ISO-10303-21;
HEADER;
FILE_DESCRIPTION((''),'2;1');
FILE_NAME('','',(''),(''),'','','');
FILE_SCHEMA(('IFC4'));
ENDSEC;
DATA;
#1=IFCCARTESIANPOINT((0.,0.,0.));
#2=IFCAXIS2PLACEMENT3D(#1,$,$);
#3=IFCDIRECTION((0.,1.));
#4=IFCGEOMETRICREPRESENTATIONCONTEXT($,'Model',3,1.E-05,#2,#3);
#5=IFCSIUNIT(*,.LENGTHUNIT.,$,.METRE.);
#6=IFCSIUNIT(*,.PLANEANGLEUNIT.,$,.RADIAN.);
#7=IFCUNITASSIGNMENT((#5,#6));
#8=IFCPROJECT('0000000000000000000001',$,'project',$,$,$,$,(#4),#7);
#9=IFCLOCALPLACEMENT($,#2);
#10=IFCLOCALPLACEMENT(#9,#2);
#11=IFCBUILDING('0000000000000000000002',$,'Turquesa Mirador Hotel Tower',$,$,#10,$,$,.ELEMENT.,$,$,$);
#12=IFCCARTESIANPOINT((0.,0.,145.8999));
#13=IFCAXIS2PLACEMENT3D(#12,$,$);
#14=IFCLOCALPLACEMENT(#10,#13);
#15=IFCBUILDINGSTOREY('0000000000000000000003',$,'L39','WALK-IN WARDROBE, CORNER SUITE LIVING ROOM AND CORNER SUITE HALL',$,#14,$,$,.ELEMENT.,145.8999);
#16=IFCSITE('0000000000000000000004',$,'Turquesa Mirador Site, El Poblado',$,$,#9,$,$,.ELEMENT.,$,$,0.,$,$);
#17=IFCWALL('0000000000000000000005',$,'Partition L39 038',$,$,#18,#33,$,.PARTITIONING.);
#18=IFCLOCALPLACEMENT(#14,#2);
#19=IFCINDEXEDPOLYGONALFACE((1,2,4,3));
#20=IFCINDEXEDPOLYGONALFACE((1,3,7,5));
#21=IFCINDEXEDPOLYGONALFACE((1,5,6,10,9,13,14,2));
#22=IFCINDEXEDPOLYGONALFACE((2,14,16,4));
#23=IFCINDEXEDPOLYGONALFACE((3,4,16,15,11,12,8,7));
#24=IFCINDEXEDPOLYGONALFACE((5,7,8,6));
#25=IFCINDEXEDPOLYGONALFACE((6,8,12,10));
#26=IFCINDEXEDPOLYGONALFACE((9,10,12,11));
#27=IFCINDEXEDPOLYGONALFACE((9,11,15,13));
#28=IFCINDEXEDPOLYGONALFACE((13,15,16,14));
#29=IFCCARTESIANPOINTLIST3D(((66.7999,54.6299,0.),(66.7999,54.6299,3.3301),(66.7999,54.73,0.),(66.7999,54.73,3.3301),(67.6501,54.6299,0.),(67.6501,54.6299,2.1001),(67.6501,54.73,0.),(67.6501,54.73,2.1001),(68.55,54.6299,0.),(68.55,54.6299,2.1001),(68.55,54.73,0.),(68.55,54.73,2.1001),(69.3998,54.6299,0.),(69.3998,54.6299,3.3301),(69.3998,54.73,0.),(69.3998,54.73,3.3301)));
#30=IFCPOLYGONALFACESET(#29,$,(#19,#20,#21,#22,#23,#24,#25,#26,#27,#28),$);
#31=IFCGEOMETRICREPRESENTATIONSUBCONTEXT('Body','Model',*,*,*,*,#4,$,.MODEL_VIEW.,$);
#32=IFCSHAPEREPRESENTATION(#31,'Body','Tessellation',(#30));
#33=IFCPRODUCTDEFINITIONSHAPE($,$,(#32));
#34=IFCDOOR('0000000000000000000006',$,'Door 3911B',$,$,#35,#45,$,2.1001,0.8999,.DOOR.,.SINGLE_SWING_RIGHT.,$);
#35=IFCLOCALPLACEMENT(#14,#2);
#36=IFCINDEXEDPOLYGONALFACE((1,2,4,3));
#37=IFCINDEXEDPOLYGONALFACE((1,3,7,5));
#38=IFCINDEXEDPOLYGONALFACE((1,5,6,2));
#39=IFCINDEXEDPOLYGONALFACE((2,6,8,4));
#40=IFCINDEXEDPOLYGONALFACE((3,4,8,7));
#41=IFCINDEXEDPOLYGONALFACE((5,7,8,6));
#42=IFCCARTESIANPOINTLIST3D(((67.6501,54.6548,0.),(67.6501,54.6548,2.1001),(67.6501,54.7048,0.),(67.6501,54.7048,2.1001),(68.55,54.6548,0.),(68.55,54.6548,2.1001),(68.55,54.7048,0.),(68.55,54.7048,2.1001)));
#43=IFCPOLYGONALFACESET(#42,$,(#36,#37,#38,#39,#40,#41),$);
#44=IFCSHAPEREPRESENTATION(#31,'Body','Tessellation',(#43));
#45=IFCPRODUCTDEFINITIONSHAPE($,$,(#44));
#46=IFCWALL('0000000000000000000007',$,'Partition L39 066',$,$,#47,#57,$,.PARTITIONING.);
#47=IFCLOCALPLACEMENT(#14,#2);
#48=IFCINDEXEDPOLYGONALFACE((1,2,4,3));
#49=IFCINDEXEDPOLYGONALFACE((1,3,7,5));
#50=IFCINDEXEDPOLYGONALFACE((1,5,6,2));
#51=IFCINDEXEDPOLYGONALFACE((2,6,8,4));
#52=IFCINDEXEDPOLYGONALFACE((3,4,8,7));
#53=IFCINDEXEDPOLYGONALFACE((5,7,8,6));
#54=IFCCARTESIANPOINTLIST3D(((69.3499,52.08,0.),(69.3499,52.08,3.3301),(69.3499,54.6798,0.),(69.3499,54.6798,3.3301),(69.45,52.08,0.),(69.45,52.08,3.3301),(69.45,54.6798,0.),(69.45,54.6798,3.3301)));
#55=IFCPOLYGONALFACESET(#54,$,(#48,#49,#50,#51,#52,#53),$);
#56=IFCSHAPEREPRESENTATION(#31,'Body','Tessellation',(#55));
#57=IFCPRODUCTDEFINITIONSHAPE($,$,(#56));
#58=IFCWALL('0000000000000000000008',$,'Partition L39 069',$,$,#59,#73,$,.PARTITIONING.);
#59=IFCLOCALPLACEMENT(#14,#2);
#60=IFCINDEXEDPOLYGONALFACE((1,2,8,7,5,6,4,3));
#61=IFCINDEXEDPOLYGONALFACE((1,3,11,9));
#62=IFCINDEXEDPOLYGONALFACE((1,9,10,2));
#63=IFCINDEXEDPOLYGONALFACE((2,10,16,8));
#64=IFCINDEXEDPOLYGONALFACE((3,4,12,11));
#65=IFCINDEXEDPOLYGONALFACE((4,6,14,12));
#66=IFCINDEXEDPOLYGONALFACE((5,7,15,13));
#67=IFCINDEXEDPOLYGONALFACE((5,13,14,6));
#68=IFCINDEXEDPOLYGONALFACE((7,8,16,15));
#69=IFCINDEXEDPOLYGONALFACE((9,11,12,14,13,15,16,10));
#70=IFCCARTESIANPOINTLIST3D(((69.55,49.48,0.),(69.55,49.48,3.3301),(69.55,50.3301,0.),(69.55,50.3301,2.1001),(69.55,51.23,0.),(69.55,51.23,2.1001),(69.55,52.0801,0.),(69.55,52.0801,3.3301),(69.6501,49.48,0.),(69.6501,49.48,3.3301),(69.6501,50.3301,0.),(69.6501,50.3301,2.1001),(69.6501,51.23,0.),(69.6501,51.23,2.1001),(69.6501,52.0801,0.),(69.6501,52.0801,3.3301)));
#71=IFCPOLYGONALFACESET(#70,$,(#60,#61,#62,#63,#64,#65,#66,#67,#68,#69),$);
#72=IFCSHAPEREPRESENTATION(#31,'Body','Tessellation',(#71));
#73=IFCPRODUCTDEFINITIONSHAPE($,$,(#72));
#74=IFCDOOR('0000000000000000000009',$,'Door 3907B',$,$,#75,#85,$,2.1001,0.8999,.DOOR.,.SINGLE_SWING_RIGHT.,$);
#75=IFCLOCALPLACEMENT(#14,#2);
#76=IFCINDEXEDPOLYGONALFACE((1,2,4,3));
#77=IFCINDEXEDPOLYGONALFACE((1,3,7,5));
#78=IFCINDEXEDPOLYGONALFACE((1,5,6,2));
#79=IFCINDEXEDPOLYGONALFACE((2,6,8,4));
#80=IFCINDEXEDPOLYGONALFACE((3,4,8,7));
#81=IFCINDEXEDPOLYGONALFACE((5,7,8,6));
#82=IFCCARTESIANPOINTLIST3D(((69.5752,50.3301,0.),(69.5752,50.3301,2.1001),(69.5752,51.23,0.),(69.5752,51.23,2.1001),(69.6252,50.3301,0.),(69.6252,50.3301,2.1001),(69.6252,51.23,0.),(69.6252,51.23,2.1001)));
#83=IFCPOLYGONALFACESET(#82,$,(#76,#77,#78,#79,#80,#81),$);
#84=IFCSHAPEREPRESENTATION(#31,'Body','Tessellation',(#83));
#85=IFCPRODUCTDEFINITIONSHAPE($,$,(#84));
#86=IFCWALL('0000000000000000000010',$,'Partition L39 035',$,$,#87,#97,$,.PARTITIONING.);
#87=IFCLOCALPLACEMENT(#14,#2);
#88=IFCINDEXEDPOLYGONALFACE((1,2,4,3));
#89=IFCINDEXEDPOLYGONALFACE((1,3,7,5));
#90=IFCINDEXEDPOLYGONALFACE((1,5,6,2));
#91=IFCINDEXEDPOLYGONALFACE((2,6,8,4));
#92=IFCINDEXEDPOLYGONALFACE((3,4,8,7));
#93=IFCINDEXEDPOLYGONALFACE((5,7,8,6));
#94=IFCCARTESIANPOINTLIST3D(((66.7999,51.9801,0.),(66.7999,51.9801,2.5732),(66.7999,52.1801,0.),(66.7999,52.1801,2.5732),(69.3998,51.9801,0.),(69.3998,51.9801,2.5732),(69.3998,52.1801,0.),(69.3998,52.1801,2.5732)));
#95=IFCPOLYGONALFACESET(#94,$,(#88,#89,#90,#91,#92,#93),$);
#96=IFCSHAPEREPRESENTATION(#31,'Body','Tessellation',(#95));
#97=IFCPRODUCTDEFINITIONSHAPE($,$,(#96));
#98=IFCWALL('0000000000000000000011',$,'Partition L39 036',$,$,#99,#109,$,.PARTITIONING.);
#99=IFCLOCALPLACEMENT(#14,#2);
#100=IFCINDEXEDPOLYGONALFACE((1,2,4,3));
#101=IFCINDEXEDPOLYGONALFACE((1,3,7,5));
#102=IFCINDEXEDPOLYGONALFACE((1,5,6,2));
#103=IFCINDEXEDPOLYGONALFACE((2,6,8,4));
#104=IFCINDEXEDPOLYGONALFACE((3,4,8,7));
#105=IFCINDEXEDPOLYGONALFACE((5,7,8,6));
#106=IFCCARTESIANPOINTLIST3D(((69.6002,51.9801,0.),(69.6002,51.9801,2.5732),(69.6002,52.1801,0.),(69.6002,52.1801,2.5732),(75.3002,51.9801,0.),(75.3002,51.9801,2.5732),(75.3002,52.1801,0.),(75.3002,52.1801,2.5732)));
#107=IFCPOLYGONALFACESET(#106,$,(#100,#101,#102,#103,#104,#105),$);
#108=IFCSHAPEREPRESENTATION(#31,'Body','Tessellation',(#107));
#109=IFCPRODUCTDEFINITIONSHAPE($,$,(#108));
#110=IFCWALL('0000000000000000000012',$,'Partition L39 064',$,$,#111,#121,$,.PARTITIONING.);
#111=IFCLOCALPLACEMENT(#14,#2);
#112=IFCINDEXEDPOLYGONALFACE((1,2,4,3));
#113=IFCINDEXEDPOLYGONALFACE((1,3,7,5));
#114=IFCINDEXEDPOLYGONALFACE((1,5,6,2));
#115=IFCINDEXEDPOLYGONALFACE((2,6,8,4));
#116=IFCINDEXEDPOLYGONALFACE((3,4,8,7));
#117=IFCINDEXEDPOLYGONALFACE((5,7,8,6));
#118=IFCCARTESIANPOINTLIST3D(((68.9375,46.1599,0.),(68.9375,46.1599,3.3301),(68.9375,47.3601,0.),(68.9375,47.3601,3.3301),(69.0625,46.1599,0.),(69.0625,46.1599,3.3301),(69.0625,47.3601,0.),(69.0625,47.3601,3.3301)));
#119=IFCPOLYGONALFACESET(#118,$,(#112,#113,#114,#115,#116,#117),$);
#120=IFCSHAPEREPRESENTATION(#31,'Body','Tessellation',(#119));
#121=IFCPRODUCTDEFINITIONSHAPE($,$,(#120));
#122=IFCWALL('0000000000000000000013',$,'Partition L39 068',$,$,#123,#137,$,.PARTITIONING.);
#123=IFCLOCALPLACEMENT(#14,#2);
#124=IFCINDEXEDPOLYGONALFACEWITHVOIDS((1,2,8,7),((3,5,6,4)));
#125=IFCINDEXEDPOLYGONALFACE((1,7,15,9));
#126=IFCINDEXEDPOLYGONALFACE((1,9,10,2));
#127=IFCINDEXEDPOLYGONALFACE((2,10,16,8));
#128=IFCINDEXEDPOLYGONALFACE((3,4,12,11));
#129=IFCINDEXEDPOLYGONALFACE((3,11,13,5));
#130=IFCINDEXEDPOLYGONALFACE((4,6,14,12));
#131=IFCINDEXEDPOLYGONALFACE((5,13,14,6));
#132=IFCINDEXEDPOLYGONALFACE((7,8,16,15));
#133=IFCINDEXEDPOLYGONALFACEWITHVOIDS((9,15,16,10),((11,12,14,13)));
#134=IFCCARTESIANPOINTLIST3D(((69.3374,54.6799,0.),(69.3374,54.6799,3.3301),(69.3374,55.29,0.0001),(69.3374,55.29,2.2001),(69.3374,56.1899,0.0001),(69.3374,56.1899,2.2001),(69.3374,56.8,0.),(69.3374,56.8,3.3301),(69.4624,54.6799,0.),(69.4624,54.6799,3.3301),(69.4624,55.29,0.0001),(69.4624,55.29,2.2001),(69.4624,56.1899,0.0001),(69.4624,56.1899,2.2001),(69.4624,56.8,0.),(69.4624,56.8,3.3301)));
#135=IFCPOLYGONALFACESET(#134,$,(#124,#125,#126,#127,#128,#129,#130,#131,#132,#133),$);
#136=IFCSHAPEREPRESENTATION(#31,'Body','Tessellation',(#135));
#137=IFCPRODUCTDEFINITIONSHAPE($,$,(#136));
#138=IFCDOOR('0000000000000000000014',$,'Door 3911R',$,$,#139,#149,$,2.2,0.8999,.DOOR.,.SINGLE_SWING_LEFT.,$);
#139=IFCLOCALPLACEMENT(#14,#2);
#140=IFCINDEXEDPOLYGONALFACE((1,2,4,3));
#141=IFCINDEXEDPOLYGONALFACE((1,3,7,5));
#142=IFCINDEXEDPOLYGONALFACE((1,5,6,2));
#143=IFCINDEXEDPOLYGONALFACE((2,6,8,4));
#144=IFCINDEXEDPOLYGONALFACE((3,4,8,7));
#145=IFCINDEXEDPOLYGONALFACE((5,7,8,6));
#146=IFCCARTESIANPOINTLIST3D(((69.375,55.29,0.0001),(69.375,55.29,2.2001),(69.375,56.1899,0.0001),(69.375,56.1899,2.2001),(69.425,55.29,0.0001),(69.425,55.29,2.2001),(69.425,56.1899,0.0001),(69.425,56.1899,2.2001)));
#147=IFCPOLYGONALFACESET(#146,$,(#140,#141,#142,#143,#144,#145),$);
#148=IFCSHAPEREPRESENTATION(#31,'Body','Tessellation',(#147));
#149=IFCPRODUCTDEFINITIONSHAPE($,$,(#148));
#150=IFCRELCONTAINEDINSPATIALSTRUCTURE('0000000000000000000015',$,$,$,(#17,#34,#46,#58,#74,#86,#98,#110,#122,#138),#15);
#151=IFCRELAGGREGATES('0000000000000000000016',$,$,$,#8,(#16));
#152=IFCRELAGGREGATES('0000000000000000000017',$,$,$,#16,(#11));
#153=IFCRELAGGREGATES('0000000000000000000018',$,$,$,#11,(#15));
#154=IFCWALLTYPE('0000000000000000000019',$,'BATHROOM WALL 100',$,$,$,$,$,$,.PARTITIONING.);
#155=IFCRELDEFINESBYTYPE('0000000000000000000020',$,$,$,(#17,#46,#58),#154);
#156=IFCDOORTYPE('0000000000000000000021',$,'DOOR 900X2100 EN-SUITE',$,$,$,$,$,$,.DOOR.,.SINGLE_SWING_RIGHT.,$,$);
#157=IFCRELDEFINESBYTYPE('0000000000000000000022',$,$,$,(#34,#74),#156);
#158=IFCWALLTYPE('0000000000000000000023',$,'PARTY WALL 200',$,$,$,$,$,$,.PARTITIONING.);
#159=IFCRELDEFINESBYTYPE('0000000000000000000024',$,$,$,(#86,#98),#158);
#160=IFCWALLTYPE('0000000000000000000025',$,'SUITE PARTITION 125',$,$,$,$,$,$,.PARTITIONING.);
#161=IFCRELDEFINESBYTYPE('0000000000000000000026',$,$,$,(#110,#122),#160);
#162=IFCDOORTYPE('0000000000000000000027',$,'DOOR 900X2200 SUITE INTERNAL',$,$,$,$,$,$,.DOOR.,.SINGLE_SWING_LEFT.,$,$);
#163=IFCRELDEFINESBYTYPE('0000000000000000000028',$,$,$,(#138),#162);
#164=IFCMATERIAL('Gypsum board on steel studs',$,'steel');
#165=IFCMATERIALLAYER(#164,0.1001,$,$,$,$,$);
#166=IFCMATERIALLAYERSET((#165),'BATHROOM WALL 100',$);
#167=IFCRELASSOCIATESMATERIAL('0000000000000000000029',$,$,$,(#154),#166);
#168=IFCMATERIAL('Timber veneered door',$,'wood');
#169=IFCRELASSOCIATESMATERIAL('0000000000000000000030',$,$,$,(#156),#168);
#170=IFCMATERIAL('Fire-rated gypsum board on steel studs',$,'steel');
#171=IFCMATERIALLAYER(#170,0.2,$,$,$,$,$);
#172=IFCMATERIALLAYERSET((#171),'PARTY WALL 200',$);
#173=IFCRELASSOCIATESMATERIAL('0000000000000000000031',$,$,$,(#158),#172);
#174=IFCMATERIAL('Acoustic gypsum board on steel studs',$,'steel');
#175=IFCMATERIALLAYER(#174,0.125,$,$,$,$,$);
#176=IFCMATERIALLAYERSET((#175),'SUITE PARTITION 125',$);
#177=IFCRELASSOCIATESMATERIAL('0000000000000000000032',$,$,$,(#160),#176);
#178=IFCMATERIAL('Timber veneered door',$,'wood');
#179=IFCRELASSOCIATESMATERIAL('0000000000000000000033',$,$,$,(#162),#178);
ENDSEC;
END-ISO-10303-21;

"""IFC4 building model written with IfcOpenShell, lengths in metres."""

from ifc_helpers import new_model, si_unit, direction, frame, frame_2d, origin, place, context, subcontext, project, spatial, rectangle, extrude, material, layer, layer_set, type_object, element, fill, save


model = new_model("IFC4")

# Units and contexts
model_context = context("Model", 3, precision=1e-05, world=origin(), true_north=direction((0.0, 1.0)))
body_context = subcontext(model_context, "Body", "Model", "MODEL_VIEW")
ifc_project = project(units=[si_unit("LENGTHUNIT", "METRE"), si_unit("PLANEANGLEUNIT", "RADIAN")], contexts=[model_context])

# Site, building, storey
site_placement = place(None, origin())
site = spatial("IfcSite", under=ifc_project, at=site_placement, Name="Turquesa Mirador Site, El Poblado", CompositionType="ELEMENT", RefElevation=0.0)
building_placement = place(site_placement, origin())
building = spatial("IfcBuilding", under=site, at=building_placement, Name="Turquesa Mirador Hotel Tower", CompositionType="ELEMENT")
storey_placement = place(building_placement, frame((0.0, 0.0, 145.8999)))
storey = spatial("IfcBuildingStorey", under=building, at=storey_placement, Name="L39", Description="WALK-IN WARDROBE, CORNER SUITE LIVING ROOM AND CORNER SUITE HALL", CompositionType="ELEMENT", Elevation=145.8999)

# Shared definitions
ifc_material_1 = material(Name="Gypsum board on steel studs", Category="steel")
ifc_layer_1 = layer(ifc_material_1, 0.1001)
ifc_layer_set_1 = layer_set([ifc_layer_1], Name="BATHROOM WALL 100")
wall_type_1 = type_object("IfcWallType", Name="BATHROOM WALL 100", PredefinedType="PARTITIONING", material=ifc_layer_set_1)

# Wall, opening, door
wall_1_placement = place(storey_placement, frame((66.8, 54.6799, 0.0), z_axis=(0.0, 0.0, 1.0), x_axis=(1.0, 0.0, 0.0)))
wall_1 = element("IfcWall", 1, at=wall_1_placement, inside=storey, type_object=wall_type_1, Name="Partition L39 038", PredefinedType="PARTITIONING", context=body_context, shape_type="SweptSolid", body=[
    extrude(rectangle(XDim=2.5999, YDim=0.1001, at=frame_2d((1.2998, 0.0))), origin(), (0.0, 0.0, 1.0), 3.3301),
])
opening_1_placement = place(wall_1_placement, frame((0.8501, 0.0, 0.0)))
opening_1 = element("IfcOpeningElement", 2, at=opening_1_placement, cuts=wall_1, PredefinedType="OPENING", context=body_context, shape_type="SweptSolid", body=[
    extrude(rectangle(XDim=0.8999, YDim=2.1001, at=frame_2d((0.45, 1.05))), frame((0.0, 0.0601, 0.0), z_axis=(0.0, -1.0, 0.0), x_axis=(1.0, 0.0, 0.0)), (0.0, 0.0, 1.0), 0.1201),
])
ifc_material_2 = material(Name="Timber veneered door", Category="wood")
door_type_1 = type_object("IfcDoorType", Name="DOOR 900X2100 EN-SUITE", OperationType="SINGLE_SWING_RIGHT", PredefinedType="DOOR", material=ifc_material_2)
door_1_placement = place(opening_1_placement, origin())
door_1 = element("IfcDoor", 3, at=door_1_placement, inside=storey, type_object=door_type_1, Name="Door 3911B", OperationType="SINGLE_SWING_RIGHT", OverallHeight=2.1001, OverallWidth=0.8999, PredefinedType="DOOR", context=body_context, shape_type="SweptSolid", body=[
    extrude(rectangle(XDim=0.8999, YDim=2.1001, at=frame_2d((0.45, 1.05))), frame((0.0, 0.0249, 0.0), z_axis=(0.0, -1.0, 0.0), x_axis=(1.0, 0.0, 0.0)), (0.0, 0.0, 1.0), 0.05),
])
fill(opening_1, door_1)

# Wall
wall_2_placement = place(storey_placement, frame((69.3999, 52.0801, 0.0), z_axis=(0.0, 0.0, 1.0), x_axis=(0.0, 1.0, 0.0)))
element("IfcWall", 4, at=wall_2_placement, inside=storey, type_object=wall_type_1, Name="Partition L39 066", PredefinedType="PARTITIONING", context=body_context, shape_type="SweptSolid", body=[
    extrude(rectangle(XDim=2.5999, YDim=0.1001, at=frame_2d((1.2998, 0.0))), origin(), (0.0, 0.0, 1.0), 3.3301),
])

# Wall, opening, door
wall_3_placement = place(storey_placement, frame((69.6001, 49.48, 0.0), z_axis=(0.0, 0.0, 1.0), x_axis=(0.0, 1.0, 0.0)))
wall_3 = element("IfcWall", 5, at=wall_3_placement, inside=storey, type_object=wall_type_1, Name="Partition L39 069", PredefinedType="PARTITIONING", context=body_context, shape_type="SweptSolid", body=[
    extrude(rectangle(XDim=2.6001, YDim=0.1001, at=frame_2d((1.3, 0.0))), origin(), (0.0, 0.0, 1.0), 3.3301),
])
opening_2_placement = place(wall_3_placement, frame((0.8501, 0.0, 0.0)))
opening_2 = element("IfcOpeningElement", 6, at=opening_2_placement, cuts=wall_3, PredefinedType="OPENING", context=body_context, shape_type="SweptSolid", body=[
    extrude(rectangle(XDim=0.8999, YDim=2.1001, at=frame_2d((0.45, 1.05))), frame((0.0, 0.0601, 0.0), z_axis=(0.0, -1.0, 0.0), x_axis=(1.0, 0.0, 0.0)), (0.0, 0.0, 1.0), 0.1201),
])
door_2_placement = place(opening_2_placement, origin())
door_2 = element("IfcDoor", 7, at=door_2_placement, inside=storey, type_object=door_type_1, Name="Door 3907B", OperationType="SINGLE_SWING_RIGHT", OverallHeight=2.1001, OverallWidth=0.8999, PredefinedType="DOOR", context=body_context, shape_type="SweptSolid", body=[
    extrude(rectangle(XDim=0.8999, YDim=2.1001, at=frame_2d((0.45, 1.05))), frame((0.0, 0.0249, 0.0), z_axis=(0.0, -1.0, 0.0), x_axis=(1.0, 0.0, 0.0)), (0.0, 0.0, 1.0), 0.05),
])
fill(opening_2, door_2)

# Walls
ifc_material_3 = material(Name="Fire-rated gypsum board on steel studs", Category="steel")
ifc_layer_2 = layer(ifc_material_3, 0.2)
ifc_layer_set_2 = layer_set([ifc_layer_2], Name="PARTY WALL 200")
wall_type_2 = type_object("IfcWallType", Name="PARTY WALL 200", PredefinedType="PARTITIONING", material=ifc_layer_set_2)
wall_4_placement = place(storey_placement, frame((66.8, 52.0801, 0.0), z_axis=(0.0, 0.0, 1.0), x_axis=(1.0, 0.0, 0.0)))
element("IfcWall", 8, at=wall_4_placement, inside=storey, type_object=wall_type_2, Name="Partition L39 035", PredefinedType="PARTITIONING", context=body_context, shape_type="SweptSolid", body=[
    extrude(rectangle(XDim=2.5999, YDim=0.2, at=frame_2d((1.2998, 0.0))), origin(), (0.0, 0.0, 1.0), 2.5732),
])
wall_5_placement = place(storey_placement, frame((69.6001, 52.0801, 0.0), z_axis=(0.0, 0.0, 1.0), x_axis=(1.0, 0.0, 0.0)))
element("IfcWall", 9, at=wall_5_placement, inside=storey, type_object=wall_type_2, Name="Partition L39 036", PredefinedType="PARTITIONING", context=body_context, shape_type="SweptSolid", body=[
    extrude(rectangle(XDim=5.7, YDim=0.2, at=frame_2d((2.8501, 0.0))), origin(), (0.0, 0.0, 1.0), 2.5732),
])
ifc_material_4 = material(Name="Acoustic gypsum board on steel studs", Category="steel")
ifc_layer_3 = layer(ifc_material_4, 0.125)
ifc_layer_set_3 = layer_set([ifc_layer_3], Name="SUITE PARTITION 125")
wall_type_3 = type_object("IfcWallType", Name="SUITE PARTITION 125", PredefinedType="PARTITIONING", material=ifc_layer_set_3)
wall_6_placement = place(storey_placement, frame((69.0, 46.1599, 0.0), z_axis=(0.0, 0.0, 1.0), x_axis=(0.0, 1.0, 0.0)))
element("IfcWall", 10, at=wall_6_placement, inside=storey, type_object=wall_type_3, Name="Partition L39 064", PredefinedType="PARTITIONING", context=body_context, shape_type="SweptSolid", body=[
    extrude(rectangle(XDim=1.2002, YDim=0.125, at=frame_2d((0.6001, 0.0))), origin(), (0.0, 0.0, 1.0), 3.3301),
])

# Wall, opening, door
wall_7_placement = place(storey_placement, frame((69.3999, 54.6799, 0.0), z_axis=(0.0, 0.0, 1.0), x_axis=(0.0, 1.0, 0.0)))
wall_7 = element("IfcWall", 11, at=wall_7_placement, inside=storey, type_object=wall_type_3, Name="Partition L39 068", PredefinedType="PARTITIONING", context=body_context, shape_type="SweptSolid", body=[
    extrude(rectangle(XDim=2.1201, YDim=0.125, at=frame_2d((1.0601, 0.0))), origin(), (0.0, 0.0, 1.0), 3.3301),
])
opening_3_placement = place(wall_7_placement, frame((0.6101, 0.0, 0.0)))
opening_3 = element("IfcOpeningElement", 12, at=opening_3_placement, cuts=wall_7, PredefinedType="OPENING", context=body_context, shape_type="SweptSolid", body=[
    extrude(rectangle(XDim=0.8999, YDim=2.2, at=frame_2d((0.45, 1.1001))), frame((0.0, 0.0725, 0.0), z_axis=(0.0, -1.0, 0.0), x_axis=(1.0, 0.0, 0.0)), (0.0, 0.0, 1.0), 0.145),
])
ifc_material_5 = material(Name="Timber veneered door", Category="wood")
door_type_2 = type_object("IfcDoorType", Name="DOOR 900X2200 SUITE INTERNAL", OperationType="SINGLE_SWING_LEFT", PredefinedType="DOOR", material=ifc_material_5)
door_3_placement = place(opening_3_placement, origin())
door_3 = element("IfcDoor", 13, at=door_3_placement, inside=storey, type_object=door_type_2, Name="Door 3911R", OperationType="SINGLE_SWING_LEFT", OverallHeight=2.2, OverallWidth=0.8999, PredefinedType="DOOR", context=body_context, shape_type="SweptSolid", body=[
    extrude(rectangle(XDim=0.8999, YDim=2.2, at=frame_2d((0.45, 1.1001))), frame((0.0, 0.0249, 0.0), z_axis=(0.0, -1.0, 0.0), x_axis=(1.0, 0.0, 0.0)), (0.0, 0.0, 1.0), 0.05),
])
fill(opening_3, door_3)

save(model, "model.ifc")
